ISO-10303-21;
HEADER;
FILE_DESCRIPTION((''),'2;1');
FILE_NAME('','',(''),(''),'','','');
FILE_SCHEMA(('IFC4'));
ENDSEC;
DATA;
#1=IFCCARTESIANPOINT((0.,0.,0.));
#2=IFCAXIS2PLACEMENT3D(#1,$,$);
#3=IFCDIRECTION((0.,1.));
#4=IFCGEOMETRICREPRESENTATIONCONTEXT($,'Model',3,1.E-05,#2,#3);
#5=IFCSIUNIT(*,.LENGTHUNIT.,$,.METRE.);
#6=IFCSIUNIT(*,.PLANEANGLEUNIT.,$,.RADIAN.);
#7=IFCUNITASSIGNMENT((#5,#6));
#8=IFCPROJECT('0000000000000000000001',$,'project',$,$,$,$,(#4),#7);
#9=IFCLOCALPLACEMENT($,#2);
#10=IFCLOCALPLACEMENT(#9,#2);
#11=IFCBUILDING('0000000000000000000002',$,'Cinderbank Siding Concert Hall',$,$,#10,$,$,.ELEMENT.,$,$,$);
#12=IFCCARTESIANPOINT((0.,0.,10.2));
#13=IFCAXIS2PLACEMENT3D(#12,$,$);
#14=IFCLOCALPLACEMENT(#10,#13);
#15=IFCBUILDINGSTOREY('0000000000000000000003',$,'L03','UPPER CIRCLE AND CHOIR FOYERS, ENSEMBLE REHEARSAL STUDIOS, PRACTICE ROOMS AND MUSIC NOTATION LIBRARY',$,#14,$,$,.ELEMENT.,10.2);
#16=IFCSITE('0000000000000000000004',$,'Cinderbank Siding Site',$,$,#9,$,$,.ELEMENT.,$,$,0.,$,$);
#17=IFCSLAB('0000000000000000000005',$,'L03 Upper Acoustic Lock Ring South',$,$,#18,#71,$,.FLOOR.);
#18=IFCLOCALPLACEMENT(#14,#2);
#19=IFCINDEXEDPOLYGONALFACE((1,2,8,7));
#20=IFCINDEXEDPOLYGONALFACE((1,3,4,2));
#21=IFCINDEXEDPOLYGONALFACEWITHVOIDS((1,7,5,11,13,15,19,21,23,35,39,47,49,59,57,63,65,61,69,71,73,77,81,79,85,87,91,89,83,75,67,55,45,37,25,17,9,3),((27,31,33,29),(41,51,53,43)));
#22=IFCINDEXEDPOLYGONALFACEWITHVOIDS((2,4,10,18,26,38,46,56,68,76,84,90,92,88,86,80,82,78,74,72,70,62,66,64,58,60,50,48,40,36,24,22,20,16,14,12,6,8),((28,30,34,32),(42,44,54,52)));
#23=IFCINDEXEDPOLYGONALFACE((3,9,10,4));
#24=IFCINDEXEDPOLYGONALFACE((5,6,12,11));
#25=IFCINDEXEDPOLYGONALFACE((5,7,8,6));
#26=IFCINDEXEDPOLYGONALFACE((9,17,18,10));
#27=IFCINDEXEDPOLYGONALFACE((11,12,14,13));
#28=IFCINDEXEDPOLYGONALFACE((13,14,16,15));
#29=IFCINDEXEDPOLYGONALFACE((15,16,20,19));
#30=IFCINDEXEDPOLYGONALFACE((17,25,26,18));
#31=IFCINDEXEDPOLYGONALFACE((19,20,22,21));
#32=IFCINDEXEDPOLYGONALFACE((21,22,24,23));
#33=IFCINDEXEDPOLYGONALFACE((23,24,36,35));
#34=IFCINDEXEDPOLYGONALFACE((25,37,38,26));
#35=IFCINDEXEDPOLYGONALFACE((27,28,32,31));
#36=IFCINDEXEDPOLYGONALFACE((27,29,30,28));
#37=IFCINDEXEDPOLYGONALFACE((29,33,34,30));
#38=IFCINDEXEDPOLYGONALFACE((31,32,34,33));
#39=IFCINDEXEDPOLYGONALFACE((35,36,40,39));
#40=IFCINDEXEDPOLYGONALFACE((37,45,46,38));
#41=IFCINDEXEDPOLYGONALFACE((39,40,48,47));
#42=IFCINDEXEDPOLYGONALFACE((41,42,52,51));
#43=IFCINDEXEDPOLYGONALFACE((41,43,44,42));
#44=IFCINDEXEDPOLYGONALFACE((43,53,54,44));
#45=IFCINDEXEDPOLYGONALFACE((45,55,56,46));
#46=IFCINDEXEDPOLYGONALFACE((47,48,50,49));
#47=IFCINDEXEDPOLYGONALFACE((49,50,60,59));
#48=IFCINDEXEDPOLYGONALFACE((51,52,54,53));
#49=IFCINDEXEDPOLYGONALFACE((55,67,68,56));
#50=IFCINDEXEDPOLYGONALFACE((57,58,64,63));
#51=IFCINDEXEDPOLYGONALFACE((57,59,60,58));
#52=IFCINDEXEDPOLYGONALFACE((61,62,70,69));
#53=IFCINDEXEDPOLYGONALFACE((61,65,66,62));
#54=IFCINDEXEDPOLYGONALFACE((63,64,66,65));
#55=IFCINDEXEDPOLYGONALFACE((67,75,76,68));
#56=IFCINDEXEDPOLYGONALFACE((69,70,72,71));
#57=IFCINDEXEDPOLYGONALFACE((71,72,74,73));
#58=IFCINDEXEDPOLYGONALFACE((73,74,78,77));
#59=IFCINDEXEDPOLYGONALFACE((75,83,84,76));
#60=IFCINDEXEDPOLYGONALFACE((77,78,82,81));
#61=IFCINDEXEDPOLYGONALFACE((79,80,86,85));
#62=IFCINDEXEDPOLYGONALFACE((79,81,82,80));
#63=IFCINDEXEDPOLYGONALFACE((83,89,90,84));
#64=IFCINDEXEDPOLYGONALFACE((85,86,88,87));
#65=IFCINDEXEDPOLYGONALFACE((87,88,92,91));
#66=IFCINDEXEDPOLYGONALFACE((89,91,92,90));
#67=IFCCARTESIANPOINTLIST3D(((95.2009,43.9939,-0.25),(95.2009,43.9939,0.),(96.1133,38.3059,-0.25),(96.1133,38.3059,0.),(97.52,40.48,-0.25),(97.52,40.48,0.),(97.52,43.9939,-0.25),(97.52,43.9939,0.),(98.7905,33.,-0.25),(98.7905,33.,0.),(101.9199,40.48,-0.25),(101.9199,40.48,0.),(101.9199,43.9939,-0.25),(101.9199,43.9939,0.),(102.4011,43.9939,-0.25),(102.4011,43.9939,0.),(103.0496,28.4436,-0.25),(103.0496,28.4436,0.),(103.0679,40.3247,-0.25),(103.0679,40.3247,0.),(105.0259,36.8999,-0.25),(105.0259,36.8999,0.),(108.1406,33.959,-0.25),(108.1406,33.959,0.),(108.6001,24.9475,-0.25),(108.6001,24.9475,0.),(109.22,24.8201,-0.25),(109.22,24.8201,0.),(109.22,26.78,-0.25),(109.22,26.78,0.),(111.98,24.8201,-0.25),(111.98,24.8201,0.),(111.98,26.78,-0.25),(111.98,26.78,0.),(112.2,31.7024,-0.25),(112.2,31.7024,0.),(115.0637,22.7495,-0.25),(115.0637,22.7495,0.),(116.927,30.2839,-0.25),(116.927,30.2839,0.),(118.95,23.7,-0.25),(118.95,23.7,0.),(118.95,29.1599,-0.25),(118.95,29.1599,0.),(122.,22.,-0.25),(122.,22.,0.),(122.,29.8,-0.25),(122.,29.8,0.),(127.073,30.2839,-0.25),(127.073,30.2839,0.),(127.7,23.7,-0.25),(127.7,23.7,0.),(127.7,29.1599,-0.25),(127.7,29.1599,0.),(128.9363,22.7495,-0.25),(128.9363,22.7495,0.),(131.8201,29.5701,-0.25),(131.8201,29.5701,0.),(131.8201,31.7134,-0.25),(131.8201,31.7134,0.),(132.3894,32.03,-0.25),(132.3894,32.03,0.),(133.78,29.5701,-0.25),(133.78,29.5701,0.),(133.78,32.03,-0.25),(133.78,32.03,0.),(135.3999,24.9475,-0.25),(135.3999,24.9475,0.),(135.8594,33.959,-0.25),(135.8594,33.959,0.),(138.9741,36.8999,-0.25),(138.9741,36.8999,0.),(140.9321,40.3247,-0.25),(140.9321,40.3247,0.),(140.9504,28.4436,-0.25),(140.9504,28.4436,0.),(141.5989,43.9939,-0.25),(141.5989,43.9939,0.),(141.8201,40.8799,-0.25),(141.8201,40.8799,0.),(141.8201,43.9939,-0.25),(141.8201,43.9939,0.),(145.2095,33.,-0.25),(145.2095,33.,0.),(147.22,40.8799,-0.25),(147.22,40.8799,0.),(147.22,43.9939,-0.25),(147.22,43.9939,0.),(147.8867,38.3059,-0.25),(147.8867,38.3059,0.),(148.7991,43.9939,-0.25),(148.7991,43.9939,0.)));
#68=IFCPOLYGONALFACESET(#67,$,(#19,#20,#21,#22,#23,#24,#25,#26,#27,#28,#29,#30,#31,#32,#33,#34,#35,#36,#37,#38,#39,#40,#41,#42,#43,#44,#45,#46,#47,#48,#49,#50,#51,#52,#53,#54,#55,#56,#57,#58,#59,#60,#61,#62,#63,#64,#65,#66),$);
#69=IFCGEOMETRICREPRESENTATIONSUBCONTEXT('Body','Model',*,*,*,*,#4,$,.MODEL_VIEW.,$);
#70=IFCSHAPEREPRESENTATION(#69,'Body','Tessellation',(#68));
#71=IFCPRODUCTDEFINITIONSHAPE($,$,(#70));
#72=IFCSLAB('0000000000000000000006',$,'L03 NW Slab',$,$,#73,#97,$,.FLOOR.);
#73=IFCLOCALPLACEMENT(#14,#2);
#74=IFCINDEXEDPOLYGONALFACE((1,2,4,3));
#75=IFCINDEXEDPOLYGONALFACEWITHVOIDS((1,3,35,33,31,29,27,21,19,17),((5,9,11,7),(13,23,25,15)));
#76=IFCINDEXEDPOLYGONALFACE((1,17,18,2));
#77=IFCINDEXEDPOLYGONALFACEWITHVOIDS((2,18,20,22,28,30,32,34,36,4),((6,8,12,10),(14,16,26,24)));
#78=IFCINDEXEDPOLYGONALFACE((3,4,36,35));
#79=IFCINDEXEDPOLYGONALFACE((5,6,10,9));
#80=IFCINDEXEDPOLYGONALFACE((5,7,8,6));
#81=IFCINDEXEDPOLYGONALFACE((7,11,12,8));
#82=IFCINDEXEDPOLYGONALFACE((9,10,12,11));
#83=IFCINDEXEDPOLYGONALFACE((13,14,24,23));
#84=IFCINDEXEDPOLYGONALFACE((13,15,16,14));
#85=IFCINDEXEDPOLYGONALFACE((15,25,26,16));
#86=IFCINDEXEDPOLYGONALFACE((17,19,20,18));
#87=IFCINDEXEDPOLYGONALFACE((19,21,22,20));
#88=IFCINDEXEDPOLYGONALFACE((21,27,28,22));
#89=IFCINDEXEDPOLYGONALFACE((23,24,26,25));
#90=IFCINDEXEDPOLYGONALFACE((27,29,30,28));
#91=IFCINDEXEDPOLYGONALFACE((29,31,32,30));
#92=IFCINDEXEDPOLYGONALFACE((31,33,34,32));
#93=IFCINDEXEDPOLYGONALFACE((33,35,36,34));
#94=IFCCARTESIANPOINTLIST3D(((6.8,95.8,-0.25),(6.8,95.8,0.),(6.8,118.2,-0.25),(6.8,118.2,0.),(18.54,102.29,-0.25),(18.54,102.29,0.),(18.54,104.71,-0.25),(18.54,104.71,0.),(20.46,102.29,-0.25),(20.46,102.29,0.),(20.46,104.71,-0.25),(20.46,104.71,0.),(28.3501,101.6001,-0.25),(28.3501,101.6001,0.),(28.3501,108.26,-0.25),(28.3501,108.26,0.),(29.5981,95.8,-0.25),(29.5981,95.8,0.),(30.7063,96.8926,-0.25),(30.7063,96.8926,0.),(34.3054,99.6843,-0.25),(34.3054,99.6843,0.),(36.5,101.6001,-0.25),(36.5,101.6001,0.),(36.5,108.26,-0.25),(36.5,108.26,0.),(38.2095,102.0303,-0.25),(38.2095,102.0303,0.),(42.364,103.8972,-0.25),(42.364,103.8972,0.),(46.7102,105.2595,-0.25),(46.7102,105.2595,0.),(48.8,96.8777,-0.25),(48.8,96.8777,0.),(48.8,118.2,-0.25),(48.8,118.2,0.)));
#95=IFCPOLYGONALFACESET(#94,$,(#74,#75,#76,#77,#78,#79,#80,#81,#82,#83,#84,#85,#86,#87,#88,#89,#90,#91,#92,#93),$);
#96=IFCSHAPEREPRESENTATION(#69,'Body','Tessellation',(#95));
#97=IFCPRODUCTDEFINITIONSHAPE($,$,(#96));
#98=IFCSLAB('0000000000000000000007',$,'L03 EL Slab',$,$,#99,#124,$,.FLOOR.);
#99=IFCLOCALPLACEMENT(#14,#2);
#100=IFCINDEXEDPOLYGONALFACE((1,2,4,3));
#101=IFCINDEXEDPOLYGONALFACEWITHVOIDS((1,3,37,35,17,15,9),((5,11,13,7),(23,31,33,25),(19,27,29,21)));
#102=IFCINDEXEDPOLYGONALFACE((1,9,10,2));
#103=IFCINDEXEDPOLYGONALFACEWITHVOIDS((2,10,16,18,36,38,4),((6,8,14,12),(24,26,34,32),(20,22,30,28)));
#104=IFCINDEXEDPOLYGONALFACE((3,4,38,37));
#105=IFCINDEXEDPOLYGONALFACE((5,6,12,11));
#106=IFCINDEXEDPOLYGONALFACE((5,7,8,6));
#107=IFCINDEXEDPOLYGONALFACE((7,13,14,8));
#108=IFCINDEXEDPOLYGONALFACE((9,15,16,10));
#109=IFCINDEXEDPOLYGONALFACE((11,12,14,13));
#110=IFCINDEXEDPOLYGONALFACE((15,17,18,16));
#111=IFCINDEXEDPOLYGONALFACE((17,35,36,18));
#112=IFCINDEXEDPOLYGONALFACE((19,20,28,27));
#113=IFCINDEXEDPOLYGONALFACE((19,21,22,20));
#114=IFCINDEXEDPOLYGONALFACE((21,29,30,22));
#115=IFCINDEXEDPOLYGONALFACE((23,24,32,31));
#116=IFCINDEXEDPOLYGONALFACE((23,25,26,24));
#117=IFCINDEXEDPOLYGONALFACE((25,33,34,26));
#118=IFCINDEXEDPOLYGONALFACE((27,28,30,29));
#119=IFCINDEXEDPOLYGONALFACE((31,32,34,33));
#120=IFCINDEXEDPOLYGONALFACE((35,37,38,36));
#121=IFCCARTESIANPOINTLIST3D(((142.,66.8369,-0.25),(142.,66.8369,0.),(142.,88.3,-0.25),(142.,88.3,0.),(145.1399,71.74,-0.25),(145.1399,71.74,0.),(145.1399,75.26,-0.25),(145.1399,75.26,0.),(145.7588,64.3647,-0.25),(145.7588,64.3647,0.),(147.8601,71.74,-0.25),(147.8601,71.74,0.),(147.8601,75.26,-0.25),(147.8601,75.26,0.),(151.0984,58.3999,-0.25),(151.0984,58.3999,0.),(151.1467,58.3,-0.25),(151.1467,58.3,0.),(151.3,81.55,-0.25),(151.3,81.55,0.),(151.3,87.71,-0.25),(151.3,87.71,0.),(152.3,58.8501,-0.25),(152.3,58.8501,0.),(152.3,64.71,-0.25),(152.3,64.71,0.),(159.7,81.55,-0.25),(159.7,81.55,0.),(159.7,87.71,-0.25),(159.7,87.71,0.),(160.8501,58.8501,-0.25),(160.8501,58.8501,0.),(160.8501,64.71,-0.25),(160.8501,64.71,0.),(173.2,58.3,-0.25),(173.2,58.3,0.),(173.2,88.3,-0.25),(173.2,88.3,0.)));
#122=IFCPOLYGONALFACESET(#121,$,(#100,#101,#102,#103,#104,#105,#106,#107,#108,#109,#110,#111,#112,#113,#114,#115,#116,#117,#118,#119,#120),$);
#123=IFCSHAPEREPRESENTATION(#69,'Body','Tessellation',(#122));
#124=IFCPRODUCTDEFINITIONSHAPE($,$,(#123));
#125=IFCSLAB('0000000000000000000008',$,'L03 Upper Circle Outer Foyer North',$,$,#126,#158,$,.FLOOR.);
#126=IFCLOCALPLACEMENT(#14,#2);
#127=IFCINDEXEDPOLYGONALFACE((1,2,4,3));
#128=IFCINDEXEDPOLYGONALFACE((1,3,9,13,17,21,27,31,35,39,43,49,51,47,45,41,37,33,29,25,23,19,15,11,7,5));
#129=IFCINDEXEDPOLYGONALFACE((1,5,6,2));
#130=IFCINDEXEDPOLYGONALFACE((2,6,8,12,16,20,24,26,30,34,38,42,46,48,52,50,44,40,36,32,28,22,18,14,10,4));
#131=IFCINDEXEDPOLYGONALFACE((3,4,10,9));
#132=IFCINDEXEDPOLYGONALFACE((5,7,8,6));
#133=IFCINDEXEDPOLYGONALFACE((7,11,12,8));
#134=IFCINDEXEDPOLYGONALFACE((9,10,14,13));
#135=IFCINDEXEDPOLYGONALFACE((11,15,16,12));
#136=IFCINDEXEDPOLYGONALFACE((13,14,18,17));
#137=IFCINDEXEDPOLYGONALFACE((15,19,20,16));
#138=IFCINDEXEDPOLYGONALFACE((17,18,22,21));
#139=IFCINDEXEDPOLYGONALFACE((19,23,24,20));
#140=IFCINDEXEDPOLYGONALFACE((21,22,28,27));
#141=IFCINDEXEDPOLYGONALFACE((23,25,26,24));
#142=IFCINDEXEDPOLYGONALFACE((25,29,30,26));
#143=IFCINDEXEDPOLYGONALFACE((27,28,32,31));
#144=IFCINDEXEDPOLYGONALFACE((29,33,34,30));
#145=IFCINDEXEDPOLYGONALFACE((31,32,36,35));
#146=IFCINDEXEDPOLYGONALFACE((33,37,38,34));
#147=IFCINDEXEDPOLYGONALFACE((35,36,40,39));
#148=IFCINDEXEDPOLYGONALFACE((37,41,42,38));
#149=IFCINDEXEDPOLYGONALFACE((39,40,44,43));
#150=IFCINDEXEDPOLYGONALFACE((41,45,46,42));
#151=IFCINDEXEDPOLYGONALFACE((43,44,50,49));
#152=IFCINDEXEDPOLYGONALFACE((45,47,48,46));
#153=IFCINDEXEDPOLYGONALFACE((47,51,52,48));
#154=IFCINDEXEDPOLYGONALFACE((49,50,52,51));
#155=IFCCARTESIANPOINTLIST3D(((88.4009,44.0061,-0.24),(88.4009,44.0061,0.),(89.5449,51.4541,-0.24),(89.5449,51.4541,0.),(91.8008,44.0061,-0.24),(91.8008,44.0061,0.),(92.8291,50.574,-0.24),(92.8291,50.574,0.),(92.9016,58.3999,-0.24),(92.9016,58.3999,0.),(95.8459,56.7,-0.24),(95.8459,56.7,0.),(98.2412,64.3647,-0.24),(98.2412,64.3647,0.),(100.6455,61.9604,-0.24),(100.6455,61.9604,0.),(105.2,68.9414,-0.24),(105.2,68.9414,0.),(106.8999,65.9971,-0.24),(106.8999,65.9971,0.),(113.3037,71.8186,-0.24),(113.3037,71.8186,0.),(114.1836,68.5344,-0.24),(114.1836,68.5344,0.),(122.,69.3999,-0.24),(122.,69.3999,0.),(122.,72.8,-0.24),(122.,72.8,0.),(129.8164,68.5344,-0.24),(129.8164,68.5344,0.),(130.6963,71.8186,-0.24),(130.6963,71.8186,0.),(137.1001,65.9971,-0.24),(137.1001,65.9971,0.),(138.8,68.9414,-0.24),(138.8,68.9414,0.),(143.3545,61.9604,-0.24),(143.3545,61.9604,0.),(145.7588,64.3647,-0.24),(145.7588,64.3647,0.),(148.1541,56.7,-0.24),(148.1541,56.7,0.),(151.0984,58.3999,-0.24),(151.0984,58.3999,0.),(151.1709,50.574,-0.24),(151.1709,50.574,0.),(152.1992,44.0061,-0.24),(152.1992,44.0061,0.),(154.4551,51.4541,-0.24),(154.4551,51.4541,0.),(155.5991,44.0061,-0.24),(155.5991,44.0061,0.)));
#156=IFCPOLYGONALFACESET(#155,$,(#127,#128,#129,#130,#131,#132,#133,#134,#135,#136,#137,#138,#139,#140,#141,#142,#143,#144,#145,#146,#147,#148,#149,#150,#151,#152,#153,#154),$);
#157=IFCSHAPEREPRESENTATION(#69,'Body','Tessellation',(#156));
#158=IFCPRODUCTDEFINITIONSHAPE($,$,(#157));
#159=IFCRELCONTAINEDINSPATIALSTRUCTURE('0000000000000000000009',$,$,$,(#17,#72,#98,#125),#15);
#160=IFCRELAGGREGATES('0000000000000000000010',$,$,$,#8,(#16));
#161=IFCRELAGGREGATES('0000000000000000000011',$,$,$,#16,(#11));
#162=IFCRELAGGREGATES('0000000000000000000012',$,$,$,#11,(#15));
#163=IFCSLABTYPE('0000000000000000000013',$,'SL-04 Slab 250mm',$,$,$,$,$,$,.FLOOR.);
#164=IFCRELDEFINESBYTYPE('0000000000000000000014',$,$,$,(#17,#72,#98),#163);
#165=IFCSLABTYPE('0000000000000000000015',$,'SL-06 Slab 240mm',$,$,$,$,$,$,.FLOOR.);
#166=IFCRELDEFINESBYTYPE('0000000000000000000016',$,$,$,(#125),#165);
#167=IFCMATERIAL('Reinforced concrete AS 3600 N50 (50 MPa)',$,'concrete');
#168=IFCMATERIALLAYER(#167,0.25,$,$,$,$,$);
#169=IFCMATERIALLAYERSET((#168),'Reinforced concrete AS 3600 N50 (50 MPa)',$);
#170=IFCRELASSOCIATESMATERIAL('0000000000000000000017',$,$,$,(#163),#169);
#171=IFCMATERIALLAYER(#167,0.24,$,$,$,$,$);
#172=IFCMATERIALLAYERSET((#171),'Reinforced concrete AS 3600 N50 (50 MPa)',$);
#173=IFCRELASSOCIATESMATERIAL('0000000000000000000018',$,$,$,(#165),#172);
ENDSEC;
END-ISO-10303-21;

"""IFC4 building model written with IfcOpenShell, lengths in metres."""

from ifc_helpers import new_model, si_unit, direction, frame, origin, place, context, subcontext, project, spatial, polyline, outline, extrude, material, layer, layer_set, type_object, element, save


model = new_model("IFC4")

# Units and contexts
model_context = context("Model", 3, precision=1e-05, world=origin(), true_north=direction((0.0, 1.0)))
body_context = subcontext(model_context, "Body", "Model", "MODEL_VIEW")
ifc_project = project(units=[si_unit("LENGTHUNIT", "METRE"), si_unit("PLANEANGLEUNIT", "RADIAN")], contexts=[model_context])

# Site, building, storey
site_placement = place(None, origin())
site = spatial("IfcSite", under=ifc_project, at=site_placement, Name="Cinderbank Siding Site", CompositionType="ELEMENT", RefElevation=0.0)
building_placement = place(site_placement, origin())
building = spatial("IfcBuilding", under=site, at=building_placement, Name="Cinderbank Siding Concert Hall", CompositionType="ELEMENT")
storey_placement = place(building_placement, frame((0.0, 0.0, 10.2)))
storey = spatial("IfcBuildingStorey", under=building, at=storey_placement, Name="L03", Description="UPPER CIRCLE AND CHOIR FOYERS, ENSEMBLE REHEARSAL STUDIOS, PRACTICE ROOMS AND MUSIC NOTATION LIBRARY", CompositionType="ELEMENT", Elevation=10.2)

# Shared definitions
ifc_material_1 = material(Name="Reinforced concrete AS 3600 N50 (50 MPa)", Category="concrete")

# Slabs
ifc_layer_1 = layer(ifc_material_1, 0.25)
ifc_layer_set_1 = layer_set([ifc_layer_1], Name="Reinforced concrete AS 3600 N50 (50 MPa)")
slab_type_1 = type_object("IfcSlabType", Name="SL-04 Slab 250mm", PredefinedType="FLOOR", material=ifc_layer_set_1)
slab_1_placement = place(storey_placement, frame((0.0, 0.0, -0.25)))
element("IfcSlab", 1, at=slab_1_placement, inside=storey, type_object=slab_type_1, Name="L03 Upper Acoustic Lock Ring South", PredefinedType="FLOOR", context=body_context, shape_type="SweptSolid", body=[
    extrude(outline(polyline([(122.0, 22.0), (115.0637, 22.7495), (108.6001, 24.9475), (103.0496, 28.4436), (98.7905, 33.0), (96.1133, 38.3059), (95.2009, 43.9939), (97.52, 43.9939), (97.52, 40.48), (101.9199, 40.48), (101.9199, 43.9939), (102.4011, 43.9939), (103.0679, 40.3247), (105.0259, 36.8999), (108.1406, 33.959), (112.2, 31.7024), (116.927, 30.2839), (122.0, 29.8), (127.073, 30.2839), (131.8201, 31.7134), (131.8201, 29.5701), (133.78, 29.5701), (133.78, 32.03), (132.3894, 32.03), (135.8594, 33.959), (138.9741, 36.8999), (140.9321, 40.3247), (141.5989, 43.9939), (141.8201, 43.9939), (141.8201, 40.8799), (147.22, 40.8799), (147.22, 43.9939), (148.7991, 43.9939), (147.8867, 38.3059), (145.2095, 33.0), (140.9504, 28.4436), (135.3999, 24.9475), (128.9363, 22.7495), (122.0, 22.0)]), holes=[polyline([(118.95, 23.7), (127.7, 23.7), (127.7, 29.1599), (118.95, 29.1599), (118.95, 23.7)]), polyline([(111.98, 24.8201), (111.98, 26.78), (109.22, 26.78), (109.22, 24.8201), (111.98, 24.8201)])]), origin(), (0.0, 0.0, 1.0), 0.25),
])
slab_2_placement = place(storey_placement, frame((0.0, 0.0, -0.25)))
element("IfcSlab", 2, at=slab_2_placement, inside=storey, type_object=slab_type_1, Name="L03 NW Slab", PredefinedType="FLOOR", context=body_context, shape_type="SweptSolid", body=[
    extrude(outline(polyline([(6.8, 95.8), (6.8, 118.2), (48.8, 118.2), (48.8, 96.8777), (46.7102, 105.2595), (42.364, 103.8972), (38.2095, 102.0303), (34.3054, 99.6843), (30.7063, 96.8926), (29.5981, 95.8), (6.8, 95.8)]), holes=[polyline([(28.3501, 101.6001), (36.5, 101.6001), (36.5, 108.26), (28.3501, 108.26), (28.3501, 101.6001)]), polyline([(18.54, 102.29), (20.46, 102.29), (20.46, 104.71), (18.54, 104.71), (18.54, 102.29)])]), origin(), (0.0, 0.0, 1.0), 0.25),
])
slab_3_placement = place(storey_placement, frame((0.0, 0.0, -0.25)))
element("IfcSlab", 3, at=slab_3_placement, inside=storey, type_object=slab_type_1, Name="L03 EL Slab", PredefinedType="FLOOR", context=body_context, shape_type="SweptSolid", body=[
    extrude(outline(polyline([(173.2, 88.3), (173.2, 58.3), (151.1467, 58.3), (151.0984, 58.3999), (145.7588, 64.3647), (142.0, 66.8369), (142.0, 88.3), (173.2, 88.3)]), holes=[polyline([(159.7, 87.71), (151.3, 87.71), (151.3, 81.55), (159.7, 81.55), (159.7, 87.71)]), polyline([(160.8501, 64.71), (152.3, 64.71), (152.3, 58.8501), (160.8501, 58.8501), (160.8501, 64.71)]), polyline([(145.1399, 71.74), (147.8601, 71.74), (147.8601, 75.26), (145.1399, 75.26), (145.1399, 71.74)])]), origin(), (0.0, 0.0, 1.0), 0.25),
])
ifc_layer_2 = layer(ifc_material_1, 0.24)
ifc_layer_set_2 = layer_set([ifc_layer_2], Name="Reinforced concrete AS 3600 N50 (50 MPa)")
slab_type_2 = type_object("IfcSlabType", Name="SL-06 Slab 240mm", PredefinedType="FLOOR", material=ifc_layer_set_2)
slab_4_placement = place(storey_placement, frame((0.0, 0.0, -0.24)))
element("IfcSlab", 4, at=slab_4_placement, inside=storey, type_object=slab_type_2, Name="L03 Upper Circle Outer Foyer North", PredefinedType="FLOOR", context=body_context, shape_type="SweptSolid", body=[
    extrude(outline(polyline([(89.5449, 51.4541), (92.9016, 58.3999), (98.2412, 64.3647), (105.2, 68.9414), (113.3037, 71.8186), (122.0, 72.8), (130.6963, 71.8186), (138.8, 68.9414), (145.7588, 64.3647), (151.0984, 58.3999), (154.4551, 51.4541), (155.5991, 44.0061), (152.1992, 44.0061), (151.1709, 50.574), (148.1541, 56.7), (143.3545, 61.9604), (137.1001, 65.9971), (129.8164, 68.5344), (122.0, 69.3999), (114.1836, 68.5344), (106.8999, 65.9971), (100.6455, 61.9604), (95.8459, 56.7), (92.8291, 50.574), (91.8008, 44.0061), (88.4009, 44.0061), (89.5449, 51.4541)])), origin(), (0.0, 0.0, 1.0), 0.24),
])

save(model, "model.ifc")
